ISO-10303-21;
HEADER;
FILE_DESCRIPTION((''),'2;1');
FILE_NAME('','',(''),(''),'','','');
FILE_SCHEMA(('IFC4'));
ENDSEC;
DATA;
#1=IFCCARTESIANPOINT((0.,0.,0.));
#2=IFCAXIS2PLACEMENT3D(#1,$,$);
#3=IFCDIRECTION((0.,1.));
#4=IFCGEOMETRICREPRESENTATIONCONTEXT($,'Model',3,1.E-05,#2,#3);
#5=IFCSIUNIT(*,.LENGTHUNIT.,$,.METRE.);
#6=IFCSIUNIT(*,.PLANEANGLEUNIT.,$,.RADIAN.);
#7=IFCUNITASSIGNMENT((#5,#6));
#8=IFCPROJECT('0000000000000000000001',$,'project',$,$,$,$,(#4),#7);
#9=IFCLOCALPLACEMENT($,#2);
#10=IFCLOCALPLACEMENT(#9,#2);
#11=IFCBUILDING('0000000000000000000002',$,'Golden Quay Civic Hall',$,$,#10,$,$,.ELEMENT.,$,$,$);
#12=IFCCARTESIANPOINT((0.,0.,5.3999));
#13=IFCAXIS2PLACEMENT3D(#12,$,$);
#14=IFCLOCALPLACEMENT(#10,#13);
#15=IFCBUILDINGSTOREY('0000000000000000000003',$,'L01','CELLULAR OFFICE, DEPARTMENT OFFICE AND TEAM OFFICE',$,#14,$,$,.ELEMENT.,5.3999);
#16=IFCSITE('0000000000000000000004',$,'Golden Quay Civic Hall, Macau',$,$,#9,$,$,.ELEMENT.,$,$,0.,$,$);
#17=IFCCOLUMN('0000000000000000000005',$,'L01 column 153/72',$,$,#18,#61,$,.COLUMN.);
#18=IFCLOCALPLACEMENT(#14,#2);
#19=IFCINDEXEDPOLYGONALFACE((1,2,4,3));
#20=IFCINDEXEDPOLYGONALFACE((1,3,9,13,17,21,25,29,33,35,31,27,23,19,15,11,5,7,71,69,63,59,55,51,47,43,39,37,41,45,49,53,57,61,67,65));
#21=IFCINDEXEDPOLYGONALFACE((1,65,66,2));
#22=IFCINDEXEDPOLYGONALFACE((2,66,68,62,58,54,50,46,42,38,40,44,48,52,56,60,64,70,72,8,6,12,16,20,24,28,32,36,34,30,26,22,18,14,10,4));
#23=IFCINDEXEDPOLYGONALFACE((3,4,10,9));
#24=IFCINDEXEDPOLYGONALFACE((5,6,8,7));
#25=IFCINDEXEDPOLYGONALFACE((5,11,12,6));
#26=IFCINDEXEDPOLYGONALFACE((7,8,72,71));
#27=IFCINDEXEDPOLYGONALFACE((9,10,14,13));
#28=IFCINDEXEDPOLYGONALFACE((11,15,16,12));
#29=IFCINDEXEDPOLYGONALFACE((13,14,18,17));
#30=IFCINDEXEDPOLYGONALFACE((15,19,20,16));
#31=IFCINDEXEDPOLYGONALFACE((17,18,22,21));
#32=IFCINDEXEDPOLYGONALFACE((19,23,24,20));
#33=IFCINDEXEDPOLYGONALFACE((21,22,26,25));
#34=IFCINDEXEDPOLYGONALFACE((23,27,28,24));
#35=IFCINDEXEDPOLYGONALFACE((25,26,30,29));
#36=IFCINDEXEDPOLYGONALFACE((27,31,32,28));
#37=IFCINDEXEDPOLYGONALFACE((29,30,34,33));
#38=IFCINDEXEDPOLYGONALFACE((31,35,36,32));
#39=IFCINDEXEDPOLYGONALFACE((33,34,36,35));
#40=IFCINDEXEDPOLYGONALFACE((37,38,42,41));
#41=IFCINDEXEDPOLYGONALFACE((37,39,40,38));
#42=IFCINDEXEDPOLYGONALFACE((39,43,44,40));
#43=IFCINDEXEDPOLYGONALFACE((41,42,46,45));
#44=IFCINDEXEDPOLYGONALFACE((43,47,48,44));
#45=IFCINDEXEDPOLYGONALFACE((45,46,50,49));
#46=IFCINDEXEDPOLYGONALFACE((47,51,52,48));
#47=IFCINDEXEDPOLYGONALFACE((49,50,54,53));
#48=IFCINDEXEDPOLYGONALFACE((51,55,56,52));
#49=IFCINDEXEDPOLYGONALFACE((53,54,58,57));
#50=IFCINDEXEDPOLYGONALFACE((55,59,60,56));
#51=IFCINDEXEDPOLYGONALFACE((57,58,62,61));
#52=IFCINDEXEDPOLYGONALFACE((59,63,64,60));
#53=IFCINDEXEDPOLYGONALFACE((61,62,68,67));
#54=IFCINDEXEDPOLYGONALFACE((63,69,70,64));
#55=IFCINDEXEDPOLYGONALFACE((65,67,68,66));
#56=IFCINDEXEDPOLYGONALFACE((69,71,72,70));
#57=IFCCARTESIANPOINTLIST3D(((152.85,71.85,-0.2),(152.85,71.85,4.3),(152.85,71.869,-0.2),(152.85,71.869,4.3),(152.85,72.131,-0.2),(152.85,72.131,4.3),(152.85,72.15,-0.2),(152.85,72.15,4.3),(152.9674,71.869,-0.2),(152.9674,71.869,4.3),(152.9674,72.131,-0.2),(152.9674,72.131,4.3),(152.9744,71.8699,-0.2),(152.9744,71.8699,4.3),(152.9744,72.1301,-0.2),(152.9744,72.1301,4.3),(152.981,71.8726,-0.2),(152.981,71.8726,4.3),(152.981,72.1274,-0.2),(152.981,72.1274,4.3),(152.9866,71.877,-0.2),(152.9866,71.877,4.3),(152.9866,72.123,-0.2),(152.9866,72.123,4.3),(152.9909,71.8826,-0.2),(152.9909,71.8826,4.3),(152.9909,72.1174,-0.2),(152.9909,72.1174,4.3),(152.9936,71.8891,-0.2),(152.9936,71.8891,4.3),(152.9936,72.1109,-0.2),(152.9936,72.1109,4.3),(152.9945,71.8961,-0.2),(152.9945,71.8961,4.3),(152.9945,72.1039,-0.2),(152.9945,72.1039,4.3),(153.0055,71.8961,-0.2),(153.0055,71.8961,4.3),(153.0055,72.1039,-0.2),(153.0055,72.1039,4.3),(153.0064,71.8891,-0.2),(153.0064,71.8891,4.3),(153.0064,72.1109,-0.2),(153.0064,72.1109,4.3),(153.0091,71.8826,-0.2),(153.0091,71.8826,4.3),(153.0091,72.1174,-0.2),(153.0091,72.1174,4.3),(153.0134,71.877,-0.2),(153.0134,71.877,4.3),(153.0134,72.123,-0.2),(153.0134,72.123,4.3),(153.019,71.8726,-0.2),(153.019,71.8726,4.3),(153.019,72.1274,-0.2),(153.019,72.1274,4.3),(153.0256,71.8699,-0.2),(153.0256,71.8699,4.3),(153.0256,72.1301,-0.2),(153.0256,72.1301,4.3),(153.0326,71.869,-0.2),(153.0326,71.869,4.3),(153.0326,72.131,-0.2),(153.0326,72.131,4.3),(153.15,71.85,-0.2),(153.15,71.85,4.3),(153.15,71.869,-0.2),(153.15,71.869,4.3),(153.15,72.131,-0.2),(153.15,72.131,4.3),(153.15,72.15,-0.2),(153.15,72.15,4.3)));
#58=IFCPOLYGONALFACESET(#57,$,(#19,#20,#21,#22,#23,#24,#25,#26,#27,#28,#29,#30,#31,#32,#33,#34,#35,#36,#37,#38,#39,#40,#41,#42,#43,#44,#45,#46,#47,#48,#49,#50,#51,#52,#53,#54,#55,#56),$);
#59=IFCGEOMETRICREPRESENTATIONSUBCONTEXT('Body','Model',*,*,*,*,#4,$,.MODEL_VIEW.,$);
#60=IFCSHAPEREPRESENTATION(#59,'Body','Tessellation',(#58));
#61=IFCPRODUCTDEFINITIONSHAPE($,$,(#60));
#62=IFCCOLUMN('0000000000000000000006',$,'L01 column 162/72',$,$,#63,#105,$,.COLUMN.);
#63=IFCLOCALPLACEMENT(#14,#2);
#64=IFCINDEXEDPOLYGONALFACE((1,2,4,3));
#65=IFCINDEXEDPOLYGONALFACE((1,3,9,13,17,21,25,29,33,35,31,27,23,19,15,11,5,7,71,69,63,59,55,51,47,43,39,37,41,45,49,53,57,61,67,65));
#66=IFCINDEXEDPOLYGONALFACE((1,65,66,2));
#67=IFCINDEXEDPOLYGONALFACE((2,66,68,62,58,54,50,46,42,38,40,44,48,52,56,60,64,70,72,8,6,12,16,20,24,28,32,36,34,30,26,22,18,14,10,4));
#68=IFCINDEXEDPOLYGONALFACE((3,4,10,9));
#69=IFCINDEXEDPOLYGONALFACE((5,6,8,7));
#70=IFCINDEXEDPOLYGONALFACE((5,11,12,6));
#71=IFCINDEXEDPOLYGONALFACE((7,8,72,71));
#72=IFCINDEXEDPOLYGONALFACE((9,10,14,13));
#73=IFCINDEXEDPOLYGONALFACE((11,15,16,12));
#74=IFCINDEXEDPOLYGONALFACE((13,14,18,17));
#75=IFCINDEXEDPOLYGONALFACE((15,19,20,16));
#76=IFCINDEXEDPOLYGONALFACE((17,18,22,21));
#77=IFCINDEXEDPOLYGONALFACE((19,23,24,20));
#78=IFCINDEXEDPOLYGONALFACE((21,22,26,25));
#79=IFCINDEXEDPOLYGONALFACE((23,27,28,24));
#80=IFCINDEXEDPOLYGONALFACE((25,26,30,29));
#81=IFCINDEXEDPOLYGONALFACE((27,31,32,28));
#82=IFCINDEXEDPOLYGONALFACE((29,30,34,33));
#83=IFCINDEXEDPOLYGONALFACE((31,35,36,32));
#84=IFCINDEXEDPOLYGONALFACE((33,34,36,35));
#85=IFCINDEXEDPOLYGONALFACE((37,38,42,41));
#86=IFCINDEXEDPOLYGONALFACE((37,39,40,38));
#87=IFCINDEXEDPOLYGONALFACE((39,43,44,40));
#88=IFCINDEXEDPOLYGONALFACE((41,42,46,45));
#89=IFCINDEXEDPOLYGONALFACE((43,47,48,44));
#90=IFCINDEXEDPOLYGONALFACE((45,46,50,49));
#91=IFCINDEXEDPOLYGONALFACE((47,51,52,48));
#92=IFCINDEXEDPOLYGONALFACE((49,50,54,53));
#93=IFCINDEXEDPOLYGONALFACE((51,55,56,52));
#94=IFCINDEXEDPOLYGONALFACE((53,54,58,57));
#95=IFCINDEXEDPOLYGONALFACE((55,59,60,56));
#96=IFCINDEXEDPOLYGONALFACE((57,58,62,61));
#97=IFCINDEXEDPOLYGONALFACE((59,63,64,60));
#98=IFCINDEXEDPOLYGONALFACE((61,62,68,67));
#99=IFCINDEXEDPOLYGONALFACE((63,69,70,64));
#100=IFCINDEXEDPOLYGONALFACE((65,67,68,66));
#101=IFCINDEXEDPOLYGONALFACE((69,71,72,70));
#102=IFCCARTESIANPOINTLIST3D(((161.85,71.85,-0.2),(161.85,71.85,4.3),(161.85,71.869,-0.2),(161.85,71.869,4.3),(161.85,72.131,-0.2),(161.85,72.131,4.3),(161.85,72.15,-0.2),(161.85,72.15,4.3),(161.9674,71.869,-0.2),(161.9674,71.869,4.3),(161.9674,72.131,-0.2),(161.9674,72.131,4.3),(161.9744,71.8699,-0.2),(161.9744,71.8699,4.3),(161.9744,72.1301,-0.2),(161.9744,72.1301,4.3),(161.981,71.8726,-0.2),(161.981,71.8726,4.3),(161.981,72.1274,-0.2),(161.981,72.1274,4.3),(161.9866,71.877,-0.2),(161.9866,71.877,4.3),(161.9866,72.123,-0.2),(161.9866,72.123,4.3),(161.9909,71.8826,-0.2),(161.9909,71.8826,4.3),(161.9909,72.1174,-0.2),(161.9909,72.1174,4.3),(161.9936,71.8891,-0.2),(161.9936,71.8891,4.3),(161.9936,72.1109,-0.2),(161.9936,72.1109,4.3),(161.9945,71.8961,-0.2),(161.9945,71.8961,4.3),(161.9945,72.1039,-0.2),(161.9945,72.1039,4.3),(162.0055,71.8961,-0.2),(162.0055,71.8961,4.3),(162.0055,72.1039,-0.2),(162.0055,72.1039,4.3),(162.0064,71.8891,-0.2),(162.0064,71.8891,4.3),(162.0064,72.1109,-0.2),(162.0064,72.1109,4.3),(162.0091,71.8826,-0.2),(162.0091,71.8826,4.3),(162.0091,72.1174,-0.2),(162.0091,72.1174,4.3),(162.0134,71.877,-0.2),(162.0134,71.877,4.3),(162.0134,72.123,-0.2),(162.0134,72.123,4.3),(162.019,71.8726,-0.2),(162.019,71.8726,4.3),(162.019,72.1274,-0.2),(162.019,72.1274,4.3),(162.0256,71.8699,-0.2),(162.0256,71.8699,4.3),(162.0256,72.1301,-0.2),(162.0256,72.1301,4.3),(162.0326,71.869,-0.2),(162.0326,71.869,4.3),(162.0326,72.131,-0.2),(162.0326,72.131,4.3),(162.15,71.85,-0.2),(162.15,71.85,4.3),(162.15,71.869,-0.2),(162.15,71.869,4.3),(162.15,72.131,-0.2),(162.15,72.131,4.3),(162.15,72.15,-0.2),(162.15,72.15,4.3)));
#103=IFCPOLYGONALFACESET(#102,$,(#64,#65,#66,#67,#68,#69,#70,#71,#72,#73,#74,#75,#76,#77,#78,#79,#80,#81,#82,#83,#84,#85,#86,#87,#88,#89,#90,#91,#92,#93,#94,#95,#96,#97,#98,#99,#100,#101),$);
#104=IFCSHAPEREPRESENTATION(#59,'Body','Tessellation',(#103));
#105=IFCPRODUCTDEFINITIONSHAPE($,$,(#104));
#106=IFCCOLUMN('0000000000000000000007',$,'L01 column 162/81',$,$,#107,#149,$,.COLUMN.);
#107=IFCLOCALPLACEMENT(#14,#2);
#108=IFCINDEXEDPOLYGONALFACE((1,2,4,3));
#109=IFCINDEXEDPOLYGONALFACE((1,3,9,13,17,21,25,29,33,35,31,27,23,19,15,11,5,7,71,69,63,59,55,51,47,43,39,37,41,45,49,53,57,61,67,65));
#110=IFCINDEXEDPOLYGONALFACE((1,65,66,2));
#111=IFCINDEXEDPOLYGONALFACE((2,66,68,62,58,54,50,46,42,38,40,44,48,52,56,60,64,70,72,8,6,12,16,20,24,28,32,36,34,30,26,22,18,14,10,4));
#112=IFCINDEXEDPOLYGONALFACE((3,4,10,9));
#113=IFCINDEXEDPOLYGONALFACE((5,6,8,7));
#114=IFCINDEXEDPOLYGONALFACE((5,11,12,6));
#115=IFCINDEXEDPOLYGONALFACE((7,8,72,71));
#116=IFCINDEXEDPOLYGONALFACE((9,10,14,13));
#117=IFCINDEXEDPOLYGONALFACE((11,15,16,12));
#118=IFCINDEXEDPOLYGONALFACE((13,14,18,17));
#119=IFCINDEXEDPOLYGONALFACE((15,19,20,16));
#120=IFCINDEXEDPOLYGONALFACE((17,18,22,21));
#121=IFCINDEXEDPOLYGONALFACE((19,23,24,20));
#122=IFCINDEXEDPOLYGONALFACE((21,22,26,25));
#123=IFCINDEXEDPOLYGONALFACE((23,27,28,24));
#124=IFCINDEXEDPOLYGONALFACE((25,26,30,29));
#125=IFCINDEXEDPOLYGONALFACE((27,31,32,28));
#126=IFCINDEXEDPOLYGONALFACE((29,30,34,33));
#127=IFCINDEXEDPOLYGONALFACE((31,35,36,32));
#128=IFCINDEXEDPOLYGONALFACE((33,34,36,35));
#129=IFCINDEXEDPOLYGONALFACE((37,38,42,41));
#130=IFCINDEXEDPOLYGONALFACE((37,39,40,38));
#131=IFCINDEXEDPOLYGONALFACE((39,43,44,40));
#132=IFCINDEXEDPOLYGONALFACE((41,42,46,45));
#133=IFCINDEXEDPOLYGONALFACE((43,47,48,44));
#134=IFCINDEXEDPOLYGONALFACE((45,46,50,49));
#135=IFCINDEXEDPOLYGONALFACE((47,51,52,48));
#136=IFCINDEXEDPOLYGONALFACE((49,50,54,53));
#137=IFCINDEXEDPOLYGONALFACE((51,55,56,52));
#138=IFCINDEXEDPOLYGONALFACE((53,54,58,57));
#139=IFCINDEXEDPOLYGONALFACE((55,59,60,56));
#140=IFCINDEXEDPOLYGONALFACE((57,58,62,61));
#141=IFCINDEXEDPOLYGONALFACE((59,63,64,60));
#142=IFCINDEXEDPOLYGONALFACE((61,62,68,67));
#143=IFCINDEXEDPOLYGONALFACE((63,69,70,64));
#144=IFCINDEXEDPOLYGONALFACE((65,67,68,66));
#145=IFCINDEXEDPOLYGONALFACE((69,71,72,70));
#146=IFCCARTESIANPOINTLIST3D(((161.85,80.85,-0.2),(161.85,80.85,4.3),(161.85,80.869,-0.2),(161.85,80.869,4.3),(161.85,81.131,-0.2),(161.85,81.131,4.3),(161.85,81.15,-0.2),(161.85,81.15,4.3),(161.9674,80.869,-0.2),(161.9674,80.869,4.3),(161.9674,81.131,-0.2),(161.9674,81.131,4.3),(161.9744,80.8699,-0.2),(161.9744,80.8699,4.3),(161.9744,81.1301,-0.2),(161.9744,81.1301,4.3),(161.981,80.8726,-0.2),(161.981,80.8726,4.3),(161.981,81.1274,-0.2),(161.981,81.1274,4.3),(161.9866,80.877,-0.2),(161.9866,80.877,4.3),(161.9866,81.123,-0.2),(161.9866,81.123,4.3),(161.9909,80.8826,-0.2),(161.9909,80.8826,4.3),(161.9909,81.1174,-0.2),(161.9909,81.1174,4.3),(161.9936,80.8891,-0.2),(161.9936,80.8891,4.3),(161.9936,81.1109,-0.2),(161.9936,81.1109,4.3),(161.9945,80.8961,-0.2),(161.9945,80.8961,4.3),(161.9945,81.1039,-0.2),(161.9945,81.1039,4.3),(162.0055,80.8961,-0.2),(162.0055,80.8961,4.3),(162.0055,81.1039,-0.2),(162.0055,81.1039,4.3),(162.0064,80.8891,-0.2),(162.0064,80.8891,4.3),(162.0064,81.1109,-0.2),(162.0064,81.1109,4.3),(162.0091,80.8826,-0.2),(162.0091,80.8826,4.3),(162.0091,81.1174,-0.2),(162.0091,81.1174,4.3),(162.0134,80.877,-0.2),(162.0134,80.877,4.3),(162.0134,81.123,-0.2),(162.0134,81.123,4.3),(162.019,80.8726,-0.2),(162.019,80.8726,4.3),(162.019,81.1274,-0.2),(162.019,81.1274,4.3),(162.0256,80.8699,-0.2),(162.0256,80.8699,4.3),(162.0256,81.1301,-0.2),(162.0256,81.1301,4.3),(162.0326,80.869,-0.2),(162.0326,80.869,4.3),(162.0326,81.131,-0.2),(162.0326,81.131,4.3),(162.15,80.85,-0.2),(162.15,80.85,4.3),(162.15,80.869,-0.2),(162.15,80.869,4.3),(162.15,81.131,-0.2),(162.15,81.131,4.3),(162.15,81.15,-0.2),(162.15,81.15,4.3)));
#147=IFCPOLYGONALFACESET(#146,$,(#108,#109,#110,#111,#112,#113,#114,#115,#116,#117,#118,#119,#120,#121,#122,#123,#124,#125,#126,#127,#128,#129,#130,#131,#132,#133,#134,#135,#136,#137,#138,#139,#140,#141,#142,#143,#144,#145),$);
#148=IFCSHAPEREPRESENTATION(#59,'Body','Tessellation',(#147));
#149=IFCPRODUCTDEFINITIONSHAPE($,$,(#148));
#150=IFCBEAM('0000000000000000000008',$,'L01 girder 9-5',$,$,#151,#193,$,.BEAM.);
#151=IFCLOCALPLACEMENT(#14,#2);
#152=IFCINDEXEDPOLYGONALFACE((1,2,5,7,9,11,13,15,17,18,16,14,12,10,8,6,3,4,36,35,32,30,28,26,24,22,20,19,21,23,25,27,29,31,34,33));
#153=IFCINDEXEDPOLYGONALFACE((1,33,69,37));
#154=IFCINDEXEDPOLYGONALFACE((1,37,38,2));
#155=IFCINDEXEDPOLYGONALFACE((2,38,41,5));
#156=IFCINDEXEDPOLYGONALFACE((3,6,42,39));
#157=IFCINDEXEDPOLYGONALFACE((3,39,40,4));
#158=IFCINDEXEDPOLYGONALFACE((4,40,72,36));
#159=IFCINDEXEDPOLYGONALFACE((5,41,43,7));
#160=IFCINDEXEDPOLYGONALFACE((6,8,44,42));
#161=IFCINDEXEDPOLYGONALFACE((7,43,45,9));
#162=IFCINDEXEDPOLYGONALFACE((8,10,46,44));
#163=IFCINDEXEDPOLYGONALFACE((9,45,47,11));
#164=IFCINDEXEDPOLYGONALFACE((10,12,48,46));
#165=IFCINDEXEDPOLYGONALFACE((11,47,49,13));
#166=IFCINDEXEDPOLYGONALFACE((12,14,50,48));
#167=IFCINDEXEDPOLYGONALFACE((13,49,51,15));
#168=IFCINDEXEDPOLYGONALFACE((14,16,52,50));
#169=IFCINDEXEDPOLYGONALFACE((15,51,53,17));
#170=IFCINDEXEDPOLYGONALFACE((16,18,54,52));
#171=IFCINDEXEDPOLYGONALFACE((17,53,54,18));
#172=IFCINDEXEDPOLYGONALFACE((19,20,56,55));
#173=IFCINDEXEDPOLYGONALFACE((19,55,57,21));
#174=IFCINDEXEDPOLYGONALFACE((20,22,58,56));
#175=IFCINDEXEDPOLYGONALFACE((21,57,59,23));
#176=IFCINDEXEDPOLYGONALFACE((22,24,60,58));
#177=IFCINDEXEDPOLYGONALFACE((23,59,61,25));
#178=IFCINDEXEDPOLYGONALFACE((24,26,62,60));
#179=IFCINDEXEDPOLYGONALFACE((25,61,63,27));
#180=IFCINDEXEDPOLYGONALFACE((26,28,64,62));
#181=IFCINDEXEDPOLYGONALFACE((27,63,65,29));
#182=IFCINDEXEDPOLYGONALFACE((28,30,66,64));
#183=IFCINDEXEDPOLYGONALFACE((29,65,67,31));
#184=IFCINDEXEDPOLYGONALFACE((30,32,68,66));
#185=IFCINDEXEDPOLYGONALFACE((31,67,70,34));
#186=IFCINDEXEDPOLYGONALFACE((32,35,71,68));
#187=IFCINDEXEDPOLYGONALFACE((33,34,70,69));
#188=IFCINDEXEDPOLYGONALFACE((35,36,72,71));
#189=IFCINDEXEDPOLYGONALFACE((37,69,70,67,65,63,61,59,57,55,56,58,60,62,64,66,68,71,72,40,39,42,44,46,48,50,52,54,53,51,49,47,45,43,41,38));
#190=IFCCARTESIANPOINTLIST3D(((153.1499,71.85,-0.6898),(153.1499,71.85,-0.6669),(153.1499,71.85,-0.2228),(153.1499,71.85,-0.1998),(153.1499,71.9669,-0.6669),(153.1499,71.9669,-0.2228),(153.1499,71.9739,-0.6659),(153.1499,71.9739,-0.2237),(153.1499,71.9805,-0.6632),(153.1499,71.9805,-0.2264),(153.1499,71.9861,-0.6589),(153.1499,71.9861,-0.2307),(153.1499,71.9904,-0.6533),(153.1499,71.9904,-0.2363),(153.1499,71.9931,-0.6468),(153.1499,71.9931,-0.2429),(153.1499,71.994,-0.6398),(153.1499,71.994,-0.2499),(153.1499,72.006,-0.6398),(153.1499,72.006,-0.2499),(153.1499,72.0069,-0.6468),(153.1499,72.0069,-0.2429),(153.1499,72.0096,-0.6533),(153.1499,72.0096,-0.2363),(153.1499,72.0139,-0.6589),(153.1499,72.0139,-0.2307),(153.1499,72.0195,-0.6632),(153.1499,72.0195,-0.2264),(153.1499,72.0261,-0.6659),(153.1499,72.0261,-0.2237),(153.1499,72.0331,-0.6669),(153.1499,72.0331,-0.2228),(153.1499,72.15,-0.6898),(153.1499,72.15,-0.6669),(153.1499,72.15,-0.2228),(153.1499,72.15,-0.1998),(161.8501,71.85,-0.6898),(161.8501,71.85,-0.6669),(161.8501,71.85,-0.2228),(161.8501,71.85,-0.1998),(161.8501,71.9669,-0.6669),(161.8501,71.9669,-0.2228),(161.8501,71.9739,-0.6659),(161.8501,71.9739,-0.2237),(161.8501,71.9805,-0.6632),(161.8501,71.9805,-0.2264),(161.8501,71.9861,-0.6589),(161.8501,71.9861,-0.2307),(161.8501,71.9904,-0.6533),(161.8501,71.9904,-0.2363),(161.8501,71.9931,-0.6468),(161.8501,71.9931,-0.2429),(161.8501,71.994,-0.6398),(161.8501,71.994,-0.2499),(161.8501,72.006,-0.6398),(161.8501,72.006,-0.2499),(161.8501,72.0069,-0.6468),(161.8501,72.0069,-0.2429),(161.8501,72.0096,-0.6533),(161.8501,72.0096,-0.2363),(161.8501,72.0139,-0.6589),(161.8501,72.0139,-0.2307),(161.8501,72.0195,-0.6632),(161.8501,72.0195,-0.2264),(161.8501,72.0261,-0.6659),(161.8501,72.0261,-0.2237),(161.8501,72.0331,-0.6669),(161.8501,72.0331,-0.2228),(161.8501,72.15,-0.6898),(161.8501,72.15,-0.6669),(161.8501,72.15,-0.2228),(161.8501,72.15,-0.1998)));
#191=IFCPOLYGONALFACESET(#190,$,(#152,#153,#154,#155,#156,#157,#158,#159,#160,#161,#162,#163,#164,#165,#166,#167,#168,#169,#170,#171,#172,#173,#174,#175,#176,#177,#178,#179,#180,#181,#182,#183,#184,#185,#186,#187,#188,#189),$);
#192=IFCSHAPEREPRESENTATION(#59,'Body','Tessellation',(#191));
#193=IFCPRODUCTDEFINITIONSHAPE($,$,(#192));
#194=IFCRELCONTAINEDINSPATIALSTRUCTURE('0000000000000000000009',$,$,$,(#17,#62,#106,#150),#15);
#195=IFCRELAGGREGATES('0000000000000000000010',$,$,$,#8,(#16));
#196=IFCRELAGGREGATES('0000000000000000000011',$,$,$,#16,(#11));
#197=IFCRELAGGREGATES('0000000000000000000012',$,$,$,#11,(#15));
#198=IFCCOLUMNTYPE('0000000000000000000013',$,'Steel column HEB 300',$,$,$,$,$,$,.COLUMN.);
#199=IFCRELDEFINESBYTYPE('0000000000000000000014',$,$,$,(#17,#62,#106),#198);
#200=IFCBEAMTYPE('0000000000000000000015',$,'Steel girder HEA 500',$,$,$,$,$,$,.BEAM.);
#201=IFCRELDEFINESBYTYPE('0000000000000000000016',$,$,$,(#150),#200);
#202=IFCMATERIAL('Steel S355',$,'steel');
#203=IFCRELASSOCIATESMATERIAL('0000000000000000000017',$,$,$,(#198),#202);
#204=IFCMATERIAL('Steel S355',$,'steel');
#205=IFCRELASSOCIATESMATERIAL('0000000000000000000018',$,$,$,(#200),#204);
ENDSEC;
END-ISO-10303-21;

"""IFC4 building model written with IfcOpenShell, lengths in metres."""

from ifc_helpers import new_model, si_unit, direction, frame, origin, origin_2d, place, context, subcontext, project, spatial, i_section, extrude, material, material_profile, profile_set, type_object, element, save


model = new_model("IFC4")

# Units and contexts
model_context = context("Model", 3, precision=1e-05, world=origin(), true_north=direction((0.0, 1.0)))
body_context = subcontext(model_context, "Body", "Model", "MODEL_VIEW")
ifc_project = project(units=[si_unit("LENGTHUNIT", "METRE"), si_unit("PLANEANGLEUNIT", "RADIAN")], contexts=[model_context])

# Site, building, storey
site_placement = place(None, origin())
site = spatial("IfcSite", under=ifc_project, at=site_placement, Name="Golden Quay Civic Hall, Macau", CompositionType="ELEMENT", RefElevation=0.0)
building_placement = place(site_placement, origin())
building = spatial("IfcBuilding", under=site, at=building_placement, Name="Golden Quay Civic Hall", CompositionType="ELEMENT")
storey_placement = place(building_placement, frame((0.0, 0.0, 5.3999)))
storey = spatial("IfcBuildingStorey", under=building, at=storey_placement, Name="L01", Description="CELLULAR OFFICE, DEPARTMENT OFFICE AND TEAM OFFICE", CompositionType="ELEMENT", Elevation=5.3999)

# Columns
ifc_material_1 = material(Name="Steel S355", Category="steel")
ifc_material_profile_1 = material_profile(ifc_material_1, i_section(OverallWidth=0.3, OverallDepth=0.3, WebThickness=0.011, FlangeThickness=0.019, FilletRadius=0.0271, at=origin_2d()), Name="HEB 300")
ifc_profile_set_1 = profile_set([ifc_material_profile_1], Name="Steel S355")
column_type = type_object("IfcColumnType", Name="Steel column HEB 300", PredefinedType="COLUMN", material=ifc_profile_set_1)
for number, where, z_axis, x_axis, name in (
    (1, (153.0, 72.0, -0.2), (0.0, 0.0, 1.0), (1.0, 0.0, 0.0), "L01 column 153/72"),
    (2, (162.0, 72.0, -0.2), (0.0, 0.0, 1.0), (1.0, 0.0, 0.0), "L01 column 162/72"),
    (3, (162.0, 81.0, -0.2), (0.0, 0.0, 1.0), (1.0, 0.0, 0.0), "L01 column 162/81"),
):
    element("IfcColumn", number, at=place(storey_placement, frame(where, z_axis=z_axis, x_axis=x_axis)), inside=storey, type_object=column_type, Name=name, PredefinedType="COLUMN", context=body_context, shape_type="SweptSolid", body=[
        extrude(i_section(OverallWidth=0.3, OverallDepth=0.3, WebThickness=0.011, FlangeThickness=0.019, FilletRadius=0.0271, at=origin_2d()), origin(), (0.0, 0.0, 1.0), 4.5),
    ])

# Beam
ifc_material_2 = material(Name="Steel S355", Category="steel")
ifc_material_profile_2 = material_profile(ifc_material_2, i_section(OverallWidth=0.3, OverallDepth=0.49, WebThickness=0.012, FlangeThickness=0.0229, FilletRadius=0.0271, at=origin_2d()), Name="HEA 500")
ifc_profile_set_2 = profile_set([ifc_material_profile_2], Name="Steel S355")
beam_type_1 = type_object("IfcBeamType", Name="Steel girder HEA 500", PredefinedType="BEAM", material=ifc_profile_set_2)
for number, where, z_axis, x_axis, name in (
    (4, (153.1499, 72.0, -0.4448), (1.0, 0.0, 0.0), (0.0, 1.0, 0.0), "L01 girder 9-5"),
):
    element("IfcBeam", number, at=place(storey_placement, frame(where, z_axis=z_axis, x_axis=x_axis)), inside=storey, type_object=beam_type_1, Name=name, PredefinedType="BEAM", context=body_context, shape_type="SweptSolid", body=[
        extrude(i_section(OverallWidth=0.3, OverallDepth=0.49, WebThickness=0.012, FlangeThickness=0.0229, FilletRadius=0.0271, at=origin_2d()), origin(), (0.0, 0.0, 1.0), 8.7002),
    ])

save(model, "model.ifc")
